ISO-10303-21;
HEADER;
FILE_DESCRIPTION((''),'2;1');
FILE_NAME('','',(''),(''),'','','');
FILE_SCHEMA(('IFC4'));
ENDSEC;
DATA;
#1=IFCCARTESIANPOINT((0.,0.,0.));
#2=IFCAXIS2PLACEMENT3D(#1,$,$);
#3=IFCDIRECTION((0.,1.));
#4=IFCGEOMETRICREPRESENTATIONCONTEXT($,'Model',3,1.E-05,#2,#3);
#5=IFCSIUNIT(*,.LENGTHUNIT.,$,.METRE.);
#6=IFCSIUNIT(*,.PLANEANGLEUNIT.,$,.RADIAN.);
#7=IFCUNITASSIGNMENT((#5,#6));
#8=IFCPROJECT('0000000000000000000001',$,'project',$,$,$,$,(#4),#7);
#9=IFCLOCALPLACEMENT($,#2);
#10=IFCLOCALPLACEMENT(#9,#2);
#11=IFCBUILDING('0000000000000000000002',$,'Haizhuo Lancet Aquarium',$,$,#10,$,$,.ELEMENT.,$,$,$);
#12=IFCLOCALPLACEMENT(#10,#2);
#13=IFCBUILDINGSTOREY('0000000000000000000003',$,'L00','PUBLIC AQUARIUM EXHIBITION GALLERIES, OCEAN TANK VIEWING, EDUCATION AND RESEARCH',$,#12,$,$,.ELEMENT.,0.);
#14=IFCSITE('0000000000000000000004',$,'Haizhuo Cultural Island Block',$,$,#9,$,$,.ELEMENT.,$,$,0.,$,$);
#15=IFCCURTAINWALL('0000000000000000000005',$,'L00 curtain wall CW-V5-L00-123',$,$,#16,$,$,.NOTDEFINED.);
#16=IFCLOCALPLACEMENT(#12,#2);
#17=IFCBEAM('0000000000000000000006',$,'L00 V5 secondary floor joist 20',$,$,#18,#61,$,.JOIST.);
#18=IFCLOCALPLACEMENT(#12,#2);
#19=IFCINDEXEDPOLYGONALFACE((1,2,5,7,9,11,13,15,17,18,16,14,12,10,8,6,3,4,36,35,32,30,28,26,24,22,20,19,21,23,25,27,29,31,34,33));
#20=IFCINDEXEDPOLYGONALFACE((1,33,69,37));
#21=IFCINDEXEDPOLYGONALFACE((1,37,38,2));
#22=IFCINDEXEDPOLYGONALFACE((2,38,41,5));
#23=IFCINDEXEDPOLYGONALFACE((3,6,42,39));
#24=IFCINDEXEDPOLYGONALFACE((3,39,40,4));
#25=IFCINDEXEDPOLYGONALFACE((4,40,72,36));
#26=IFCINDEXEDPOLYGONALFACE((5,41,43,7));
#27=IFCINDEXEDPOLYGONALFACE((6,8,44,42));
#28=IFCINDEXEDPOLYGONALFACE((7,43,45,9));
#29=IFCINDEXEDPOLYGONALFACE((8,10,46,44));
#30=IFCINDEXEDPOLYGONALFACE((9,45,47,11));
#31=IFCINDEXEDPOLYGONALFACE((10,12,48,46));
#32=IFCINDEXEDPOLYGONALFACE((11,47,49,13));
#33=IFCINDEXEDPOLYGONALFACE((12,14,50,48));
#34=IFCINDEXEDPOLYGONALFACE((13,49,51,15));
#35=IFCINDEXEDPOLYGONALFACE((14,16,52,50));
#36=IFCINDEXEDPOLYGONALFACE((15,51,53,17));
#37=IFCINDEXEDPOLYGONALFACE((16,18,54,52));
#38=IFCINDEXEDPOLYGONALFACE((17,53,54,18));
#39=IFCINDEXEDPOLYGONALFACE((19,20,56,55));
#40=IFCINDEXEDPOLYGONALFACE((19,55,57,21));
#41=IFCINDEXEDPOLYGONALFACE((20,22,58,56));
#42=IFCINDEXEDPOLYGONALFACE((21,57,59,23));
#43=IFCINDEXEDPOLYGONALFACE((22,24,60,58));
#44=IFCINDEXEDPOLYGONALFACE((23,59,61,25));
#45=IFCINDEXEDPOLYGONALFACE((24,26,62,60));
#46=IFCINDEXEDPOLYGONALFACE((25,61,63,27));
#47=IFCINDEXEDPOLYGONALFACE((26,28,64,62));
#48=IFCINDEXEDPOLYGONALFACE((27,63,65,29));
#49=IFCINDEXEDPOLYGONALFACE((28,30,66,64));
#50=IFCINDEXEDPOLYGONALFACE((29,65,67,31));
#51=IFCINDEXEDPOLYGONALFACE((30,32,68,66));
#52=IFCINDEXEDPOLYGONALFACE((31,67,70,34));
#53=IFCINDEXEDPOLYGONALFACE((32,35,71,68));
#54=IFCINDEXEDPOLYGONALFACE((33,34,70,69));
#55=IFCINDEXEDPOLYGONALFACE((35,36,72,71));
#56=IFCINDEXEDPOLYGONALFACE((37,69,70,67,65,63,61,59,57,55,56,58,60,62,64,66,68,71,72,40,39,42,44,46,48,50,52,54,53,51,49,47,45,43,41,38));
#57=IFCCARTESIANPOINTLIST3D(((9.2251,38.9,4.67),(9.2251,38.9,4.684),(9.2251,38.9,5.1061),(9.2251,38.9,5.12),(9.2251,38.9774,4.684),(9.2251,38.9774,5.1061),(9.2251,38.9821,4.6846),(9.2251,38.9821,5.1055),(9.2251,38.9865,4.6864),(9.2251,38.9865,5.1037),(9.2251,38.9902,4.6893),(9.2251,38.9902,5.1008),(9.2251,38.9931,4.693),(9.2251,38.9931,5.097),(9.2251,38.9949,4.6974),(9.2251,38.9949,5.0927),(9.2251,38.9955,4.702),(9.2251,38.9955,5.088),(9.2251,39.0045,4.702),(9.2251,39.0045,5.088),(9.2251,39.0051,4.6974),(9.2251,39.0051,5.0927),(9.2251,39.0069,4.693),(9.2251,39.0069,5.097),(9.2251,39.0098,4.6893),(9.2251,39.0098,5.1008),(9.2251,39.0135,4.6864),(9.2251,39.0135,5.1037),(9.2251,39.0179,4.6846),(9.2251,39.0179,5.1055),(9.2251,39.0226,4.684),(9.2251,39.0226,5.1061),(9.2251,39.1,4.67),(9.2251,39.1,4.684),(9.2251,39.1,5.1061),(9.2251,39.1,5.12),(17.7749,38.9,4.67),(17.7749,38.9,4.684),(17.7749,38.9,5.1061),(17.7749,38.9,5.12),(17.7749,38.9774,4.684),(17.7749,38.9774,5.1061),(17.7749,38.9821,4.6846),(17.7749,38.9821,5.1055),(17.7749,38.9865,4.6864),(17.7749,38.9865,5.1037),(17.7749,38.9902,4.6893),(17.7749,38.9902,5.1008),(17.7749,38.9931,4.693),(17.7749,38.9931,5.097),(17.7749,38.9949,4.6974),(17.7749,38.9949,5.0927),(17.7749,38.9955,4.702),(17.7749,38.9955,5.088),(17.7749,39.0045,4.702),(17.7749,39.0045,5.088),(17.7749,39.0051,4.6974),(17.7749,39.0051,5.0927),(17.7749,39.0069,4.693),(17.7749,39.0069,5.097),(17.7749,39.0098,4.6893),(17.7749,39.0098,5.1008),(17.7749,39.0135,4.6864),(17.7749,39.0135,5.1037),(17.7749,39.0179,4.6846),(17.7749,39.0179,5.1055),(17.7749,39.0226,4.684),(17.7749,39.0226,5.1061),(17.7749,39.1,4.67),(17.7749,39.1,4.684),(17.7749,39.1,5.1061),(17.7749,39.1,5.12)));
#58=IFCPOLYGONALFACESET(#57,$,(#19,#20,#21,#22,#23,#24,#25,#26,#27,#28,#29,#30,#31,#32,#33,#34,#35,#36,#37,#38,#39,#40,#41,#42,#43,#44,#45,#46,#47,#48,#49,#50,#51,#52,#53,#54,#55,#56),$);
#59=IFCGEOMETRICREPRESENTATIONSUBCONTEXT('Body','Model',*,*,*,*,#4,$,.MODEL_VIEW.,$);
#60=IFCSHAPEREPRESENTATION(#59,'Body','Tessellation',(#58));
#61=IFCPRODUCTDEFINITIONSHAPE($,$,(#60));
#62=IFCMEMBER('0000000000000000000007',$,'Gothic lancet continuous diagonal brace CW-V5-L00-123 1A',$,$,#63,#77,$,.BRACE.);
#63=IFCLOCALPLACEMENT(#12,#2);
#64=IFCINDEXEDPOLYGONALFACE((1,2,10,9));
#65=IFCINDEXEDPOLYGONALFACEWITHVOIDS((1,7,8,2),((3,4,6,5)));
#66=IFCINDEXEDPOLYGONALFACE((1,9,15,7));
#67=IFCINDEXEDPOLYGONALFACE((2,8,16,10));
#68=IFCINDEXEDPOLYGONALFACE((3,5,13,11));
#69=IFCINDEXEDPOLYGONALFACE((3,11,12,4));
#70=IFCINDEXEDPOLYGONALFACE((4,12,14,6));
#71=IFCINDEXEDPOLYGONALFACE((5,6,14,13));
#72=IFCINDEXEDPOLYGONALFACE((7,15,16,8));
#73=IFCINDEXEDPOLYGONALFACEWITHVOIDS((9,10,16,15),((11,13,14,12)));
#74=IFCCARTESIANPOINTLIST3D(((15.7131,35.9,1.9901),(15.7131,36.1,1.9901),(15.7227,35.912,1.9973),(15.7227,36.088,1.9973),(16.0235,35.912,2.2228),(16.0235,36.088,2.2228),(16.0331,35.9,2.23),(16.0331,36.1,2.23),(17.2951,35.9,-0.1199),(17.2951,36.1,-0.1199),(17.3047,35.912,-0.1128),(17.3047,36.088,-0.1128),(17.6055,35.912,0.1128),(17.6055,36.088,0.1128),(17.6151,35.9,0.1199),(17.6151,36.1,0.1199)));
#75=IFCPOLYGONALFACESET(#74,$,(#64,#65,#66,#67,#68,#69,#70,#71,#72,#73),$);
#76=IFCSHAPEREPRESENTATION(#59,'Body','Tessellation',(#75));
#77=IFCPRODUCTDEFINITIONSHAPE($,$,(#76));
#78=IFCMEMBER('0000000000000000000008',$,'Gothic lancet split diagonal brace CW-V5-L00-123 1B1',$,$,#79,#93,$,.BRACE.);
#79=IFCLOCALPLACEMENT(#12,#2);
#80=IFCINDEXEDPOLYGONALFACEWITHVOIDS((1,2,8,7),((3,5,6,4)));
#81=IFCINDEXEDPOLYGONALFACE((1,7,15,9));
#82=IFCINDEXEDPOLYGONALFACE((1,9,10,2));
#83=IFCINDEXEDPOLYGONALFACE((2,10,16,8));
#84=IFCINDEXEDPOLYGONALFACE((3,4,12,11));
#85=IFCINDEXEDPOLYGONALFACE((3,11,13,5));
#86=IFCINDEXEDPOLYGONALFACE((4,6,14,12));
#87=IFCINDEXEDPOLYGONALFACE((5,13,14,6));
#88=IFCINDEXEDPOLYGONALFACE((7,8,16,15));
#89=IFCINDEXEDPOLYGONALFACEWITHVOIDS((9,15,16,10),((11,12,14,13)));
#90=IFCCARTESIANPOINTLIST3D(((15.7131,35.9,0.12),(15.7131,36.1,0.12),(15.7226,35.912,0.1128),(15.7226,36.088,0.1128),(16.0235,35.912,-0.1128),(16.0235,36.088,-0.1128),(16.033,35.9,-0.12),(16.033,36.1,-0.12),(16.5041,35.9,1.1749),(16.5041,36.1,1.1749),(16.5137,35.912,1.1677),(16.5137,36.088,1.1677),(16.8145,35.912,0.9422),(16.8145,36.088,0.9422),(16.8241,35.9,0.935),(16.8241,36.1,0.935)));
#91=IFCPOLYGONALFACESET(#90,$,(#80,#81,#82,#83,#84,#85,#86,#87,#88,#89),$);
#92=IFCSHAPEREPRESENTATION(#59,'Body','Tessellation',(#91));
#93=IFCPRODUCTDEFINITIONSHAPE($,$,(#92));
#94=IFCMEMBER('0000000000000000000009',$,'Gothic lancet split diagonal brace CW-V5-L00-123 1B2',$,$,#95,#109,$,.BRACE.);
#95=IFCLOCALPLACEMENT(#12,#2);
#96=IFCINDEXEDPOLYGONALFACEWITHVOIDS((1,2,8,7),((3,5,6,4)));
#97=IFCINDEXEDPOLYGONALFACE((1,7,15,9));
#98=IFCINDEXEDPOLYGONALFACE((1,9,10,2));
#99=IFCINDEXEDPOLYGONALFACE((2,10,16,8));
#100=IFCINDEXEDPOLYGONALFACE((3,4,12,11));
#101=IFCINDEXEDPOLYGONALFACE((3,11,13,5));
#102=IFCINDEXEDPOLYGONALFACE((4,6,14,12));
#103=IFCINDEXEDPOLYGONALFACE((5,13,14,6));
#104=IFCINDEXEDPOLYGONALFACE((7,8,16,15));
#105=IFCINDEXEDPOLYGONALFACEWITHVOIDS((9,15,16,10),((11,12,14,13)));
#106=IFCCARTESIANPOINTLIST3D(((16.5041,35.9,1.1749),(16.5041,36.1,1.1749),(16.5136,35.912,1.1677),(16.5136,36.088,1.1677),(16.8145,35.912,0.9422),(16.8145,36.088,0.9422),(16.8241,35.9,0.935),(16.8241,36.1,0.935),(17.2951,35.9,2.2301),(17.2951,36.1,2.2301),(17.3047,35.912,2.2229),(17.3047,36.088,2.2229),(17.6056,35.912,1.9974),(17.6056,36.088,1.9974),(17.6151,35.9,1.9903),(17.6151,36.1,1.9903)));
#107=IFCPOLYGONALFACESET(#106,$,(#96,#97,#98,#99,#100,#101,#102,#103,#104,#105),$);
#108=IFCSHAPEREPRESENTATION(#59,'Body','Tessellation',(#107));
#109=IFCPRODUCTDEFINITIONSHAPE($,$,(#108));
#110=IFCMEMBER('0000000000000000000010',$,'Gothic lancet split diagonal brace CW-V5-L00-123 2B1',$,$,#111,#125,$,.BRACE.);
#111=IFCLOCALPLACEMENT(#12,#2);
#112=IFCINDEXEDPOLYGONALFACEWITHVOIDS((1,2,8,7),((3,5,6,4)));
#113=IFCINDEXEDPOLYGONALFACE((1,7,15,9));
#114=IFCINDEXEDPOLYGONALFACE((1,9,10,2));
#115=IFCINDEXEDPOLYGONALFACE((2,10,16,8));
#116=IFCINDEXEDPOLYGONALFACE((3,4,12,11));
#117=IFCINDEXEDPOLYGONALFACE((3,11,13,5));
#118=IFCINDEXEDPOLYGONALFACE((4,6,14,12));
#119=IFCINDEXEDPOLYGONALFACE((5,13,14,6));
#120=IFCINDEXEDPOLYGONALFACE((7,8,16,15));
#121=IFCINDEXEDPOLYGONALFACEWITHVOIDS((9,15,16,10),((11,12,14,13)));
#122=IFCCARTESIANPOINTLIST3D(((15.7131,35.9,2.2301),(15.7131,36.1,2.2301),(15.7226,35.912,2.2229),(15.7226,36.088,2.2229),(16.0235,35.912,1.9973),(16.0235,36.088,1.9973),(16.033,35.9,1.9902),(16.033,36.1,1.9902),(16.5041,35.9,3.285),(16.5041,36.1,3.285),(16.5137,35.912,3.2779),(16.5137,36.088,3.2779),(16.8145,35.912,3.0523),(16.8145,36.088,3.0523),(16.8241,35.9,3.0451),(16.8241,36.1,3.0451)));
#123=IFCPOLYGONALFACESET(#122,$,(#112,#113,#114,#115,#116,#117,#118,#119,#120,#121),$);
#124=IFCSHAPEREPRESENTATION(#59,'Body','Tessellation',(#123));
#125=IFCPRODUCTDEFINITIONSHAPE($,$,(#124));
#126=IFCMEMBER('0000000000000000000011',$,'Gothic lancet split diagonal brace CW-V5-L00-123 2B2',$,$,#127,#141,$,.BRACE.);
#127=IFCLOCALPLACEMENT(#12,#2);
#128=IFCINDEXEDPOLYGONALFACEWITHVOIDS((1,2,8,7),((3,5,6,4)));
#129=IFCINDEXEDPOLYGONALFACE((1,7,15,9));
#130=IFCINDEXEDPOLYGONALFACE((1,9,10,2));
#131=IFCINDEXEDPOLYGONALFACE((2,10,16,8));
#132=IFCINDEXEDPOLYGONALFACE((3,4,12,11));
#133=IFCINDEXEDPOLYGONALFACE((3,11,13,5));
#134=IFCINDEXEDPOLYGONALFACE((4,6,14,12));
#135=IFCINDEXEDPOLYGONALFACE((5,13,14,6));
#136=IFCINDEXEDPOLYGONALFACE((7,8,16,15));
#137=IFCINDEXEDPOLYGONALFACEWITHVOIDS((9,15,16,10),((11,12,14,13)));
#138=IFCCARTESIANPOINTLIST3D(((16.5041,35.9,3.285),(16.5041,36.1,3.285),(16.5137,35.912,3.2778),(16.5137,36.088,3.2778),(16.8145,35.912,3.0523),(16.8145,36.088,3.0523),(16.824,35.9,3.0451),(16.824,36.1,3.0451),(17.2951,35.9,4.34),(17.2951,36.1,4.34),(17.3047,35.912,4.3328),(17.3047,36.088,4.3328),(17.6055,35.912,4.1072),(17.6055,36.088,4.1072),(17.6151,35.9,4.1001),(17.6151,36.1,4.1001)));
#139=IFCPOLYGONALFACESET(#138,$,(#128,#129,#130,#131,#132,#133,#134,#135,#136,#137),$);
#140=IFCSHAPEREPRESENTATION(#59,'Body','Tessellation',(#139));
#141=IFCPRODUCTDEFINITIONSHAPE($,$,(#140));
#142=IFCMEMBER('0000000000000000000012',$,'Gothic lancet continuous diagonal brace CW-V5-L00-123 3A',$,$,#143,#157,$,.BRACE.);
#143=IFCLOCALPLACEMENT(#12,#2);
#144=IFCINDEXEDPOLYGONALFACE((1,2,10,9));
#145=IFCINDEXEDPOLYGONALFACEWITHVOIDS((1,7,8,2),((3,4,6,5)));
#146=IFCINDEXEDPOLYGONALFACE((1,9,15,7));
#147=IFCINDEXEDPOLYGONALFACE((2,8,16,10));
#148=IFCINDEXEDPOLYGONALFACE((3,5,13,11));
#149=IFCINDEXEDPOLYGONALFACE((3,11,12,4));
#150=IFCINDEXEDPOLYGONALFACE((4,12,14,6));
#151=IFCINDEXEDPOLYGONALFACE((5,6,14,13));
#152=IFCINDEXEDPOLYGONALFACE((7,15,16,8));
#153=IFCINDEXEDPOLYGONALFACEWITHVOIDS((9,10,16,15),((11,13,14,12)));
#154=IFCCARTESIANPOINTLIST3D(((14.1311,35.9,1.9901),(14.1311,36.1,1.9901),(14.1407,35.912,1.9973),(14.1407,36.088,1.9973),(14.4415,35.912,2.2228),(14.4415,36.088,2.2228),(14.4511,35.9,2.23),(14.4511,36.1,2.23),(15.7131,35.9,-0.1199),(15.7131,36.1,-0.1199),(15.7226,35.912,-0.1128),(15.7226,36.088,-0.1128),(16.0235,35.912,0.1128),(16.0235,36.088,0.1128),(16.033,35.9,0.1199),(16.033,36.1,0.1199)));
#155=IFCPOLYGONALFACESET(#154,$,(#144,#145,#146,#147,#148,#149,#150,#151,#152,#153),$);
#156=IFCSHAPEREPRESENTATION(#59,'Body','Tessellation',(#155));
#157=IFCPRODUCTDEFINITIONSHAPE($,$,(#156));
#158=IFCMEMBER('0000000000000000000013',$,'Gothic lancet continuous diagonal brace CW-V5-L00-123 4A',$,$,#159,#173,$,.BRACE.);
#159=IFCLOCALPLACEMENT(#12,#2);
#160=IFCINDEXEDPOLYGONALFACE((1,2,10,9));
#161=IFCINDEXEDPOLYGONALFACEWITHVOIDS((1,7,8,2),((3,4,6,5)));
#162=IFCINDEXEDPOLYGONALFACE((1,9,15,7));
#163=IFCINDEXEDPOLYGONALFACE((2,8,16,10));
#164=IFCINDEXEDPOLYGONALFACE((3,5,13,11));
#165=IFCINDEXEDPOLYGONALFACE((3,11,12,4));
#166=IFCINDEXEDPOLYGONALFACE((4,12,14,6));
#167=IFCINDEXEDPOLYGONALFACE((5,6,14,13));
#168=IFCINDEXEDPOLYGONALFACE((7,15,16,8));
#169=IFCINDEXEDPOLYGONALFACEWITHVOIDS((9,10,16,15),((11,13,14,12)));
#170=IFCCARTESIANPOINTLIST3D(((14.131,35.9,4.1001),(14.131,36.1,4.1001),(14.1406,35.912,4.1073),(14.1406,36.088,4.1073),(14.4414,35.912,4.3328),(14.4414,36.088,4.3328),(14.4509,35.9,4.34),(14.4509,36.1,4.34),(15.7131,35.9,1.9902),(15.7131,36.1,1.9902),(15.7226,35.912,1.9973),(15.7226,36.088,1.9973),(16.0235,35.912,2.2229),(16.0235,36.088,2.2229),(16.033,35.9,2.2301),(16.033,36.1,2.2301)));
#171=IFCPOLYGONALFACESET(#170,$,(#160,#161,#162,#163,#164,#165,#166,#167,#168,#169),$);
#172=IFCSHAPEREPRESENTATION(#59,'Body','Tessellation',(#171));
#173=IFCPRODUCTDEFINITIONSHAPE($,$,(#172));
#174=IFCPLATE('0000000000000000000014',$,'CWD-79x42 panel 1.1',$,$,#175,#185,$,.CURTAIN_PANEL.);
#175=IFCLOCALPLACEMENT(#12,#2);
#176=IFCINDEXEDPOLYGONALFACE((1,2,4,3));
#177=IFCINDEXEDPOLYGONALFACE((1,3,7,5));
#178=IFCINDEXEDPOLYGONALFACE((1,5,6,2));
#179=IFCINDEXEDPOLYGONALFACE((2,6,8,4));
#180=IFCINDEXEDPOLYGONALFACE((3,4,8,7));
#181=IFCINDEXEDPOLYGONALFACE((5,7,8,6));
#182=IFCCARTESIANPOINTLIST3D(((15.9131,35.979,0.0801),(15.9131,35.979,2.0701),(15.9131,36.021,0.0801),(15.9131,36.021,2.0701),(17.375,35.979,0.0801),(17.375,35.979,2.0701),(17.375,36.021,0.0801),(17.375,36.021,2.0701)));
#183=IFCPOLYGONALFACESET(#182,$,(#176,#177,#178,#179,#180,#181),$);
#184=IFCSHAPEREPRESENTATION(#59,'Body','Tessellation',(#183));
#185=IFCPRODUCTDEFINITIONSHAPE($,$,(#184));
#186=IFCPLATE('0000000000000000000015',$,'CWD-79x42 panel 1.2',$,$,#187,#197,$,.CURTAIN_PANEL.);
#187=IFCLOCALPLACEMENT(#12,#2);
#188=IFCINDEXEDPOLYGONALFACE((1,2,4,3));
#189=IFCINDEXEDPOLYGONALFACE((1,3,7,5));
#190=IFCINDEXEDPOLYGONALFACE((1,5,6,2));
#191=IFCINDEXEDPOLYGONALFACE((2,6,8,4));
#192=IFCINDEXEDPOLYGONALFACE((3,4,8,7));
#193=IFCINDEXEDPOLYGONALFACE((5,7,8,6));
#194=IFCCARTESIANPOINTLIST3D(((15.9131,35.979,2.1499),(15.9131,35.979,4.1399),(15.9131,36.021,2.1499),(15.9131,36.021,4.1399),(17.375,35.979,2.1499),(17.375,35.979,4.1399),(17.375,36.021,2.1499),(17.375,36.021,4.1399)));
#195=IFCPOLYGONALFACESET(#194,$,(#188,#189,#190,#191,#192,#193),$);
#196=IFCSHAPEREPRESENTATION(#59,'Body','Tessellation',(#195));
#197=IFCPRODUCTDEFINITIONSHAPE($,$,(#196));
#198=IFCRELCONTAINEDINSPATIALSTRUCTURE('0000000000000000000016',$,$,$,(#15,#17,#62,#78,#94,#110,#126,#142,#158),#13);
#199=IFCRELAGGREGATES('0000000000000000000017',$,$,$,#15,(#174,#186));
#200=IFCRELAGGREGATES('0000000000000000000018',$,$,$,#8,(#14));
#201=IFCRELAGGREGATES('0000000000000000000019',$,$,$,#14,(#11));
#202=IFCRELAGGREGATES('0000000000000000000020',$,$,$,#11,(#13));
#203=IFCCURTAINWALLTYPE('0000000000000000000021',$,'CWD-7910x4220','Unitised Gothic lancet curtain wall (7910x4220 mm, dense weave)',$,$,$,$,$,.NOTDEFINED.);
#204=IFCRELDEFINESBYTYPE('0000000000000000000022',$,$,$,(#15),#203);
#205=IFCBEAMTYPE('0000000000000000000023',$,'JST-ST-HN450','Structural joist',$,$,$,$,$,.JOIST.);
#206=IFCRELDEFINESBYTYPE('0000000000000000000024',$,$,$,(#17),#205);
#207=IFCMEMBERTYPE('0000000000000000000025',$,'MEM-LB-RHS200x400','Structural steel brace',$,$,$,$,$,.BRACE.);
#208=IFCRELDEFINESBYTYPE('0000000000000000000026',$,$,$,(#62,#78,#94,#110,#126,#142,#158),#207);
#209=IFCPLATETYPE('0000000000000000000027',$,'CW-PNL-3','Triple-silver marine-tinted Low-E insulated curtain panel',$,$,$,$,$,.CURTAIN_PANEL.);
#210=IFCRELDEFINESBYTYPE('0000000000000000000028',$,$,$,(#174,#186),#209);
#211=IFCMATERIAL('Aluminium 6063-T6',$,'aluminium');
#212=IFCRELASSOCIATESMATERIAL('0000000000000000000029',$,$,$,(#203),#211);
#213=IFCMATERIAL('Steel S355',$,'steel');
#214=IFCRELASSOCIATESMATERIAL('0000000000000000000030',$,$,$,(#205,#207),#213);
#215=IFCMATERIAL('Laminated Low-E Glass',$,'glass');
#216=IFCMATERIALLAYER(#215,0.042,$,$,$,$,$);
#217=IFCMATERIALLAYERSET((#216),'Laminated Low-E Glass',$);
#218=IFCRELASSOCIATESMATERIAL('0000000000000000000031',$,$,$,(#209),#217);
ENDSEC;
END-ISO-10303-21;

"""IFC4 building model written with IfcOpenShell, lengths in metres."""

from ifc_helpers import new_model, si_unit, direction, frame, origin, origin_2d, place, context, subcontext, project, spatial, rectangle, hollow_rectangle, i_section, extrude, material, layer, layer_set, material_profile, profile_set, type_object, element, aggregate, save


model = new_model("IFC4")

# Units and contexts
model_context = context("Model", 3, precision=1e-05, world=origin(), true_north=direction((0.0, 1.0)))
body_context = subcontext(model_context, "Body", "Model", "MODEL_VIEW")
ifc_project = project(units=[si_unit("LENGTHUNIT", "METRE"), si_unit("PLANEANGLEUNIT", "RADIAN")], contexts=[model_context])

# Site, building, storey
site_placement = place(None, origin())
site = spatial("IfcSite", under=ifc_project, at=site_placement, Name="Haizhuo Cultural Island Block", CompositionType="ELEMENT", RefElevation=0.0)
building_placement = place(site_placement, origin())
building = spatial("IfcBuilding", under=site, at=building_placement, Name="Haizhuo Lancet Aquarium", CompositionType="ELEMENT")
storey_placement = place(building_placement, origin())
storey = spatial("IfcBuildingStorey", under=building, at=storey_placement, Name="L00", Description="PUBLIC AQUARIUM EXHIBITION GALLERIES, OCEAN TANK VIEWING, EDUCATION AND RESEARCH", CompositionType="ELEMENT", Elevation=0.0)

# Curtain wall
ifc_material_1 = material(Name="Aluminium 6063-T6", Category="aluminium")
curtain_wall_type = type_object("IfcCurtainWallType", Name="CWD-7910x4220", Description="Unitised Gothic lancet curtain wall (7910x4220 mm, dense weave)", PredefinedType="NOTDEFINED", material=ifc_material_1)
curtain_wall_placement = place(storey_placement, origin())
curtain_wall = element("IfcCurtainWall", 1, at=curtain_wall_placement, inside=storey, type_object=curtain_wall_type, Name="L00 curtain wall CW-V5-L00-123", PredefinedType="NOTDEFINED")

# Beam
ifc_material_2 = material(Name="Steel S355", Category="steel")
ifc_material_profile_1 = material_profile(ifc_material_2, i_section(OverallWidth=0.2, OverallDepth=0.45, WebThickness=0.009, FlangeThickness=0.0139, FilletRadius=0.0181, at=origin_2d()), Name="HN 450x200x9x14")
ifc_profile_set_1 = profile_set([ifc_material_profile_1], Name="Steel S355")
beam_type_1 = type_object("IfcBeamType", Name="JST-ST-HN450", Description="Structural joist", PredefinedType="JOIST", material=ifc_profile_set_1)
beam_1_placement = place(storey_placement, frame((9.2251, 39.0, 4.895), z_axis=(1.0, 0.0, 0.0), x_axis=(0.0, 1.0, 0.0)))
element("IfcBeam", 2, at=beam_1_placement, inside=storey, type_object=beam_type_1, Name="L00 V5 secondary floor joist 20", PredefinedType="JOIST", context=body_context, shape_type="SweptSolid", body=[
    extrude(i_section(OverallWidth=0.2, OverallDepth=0.45, WebThickness=0.009, FlangeThickness=0.0139, FilletRadius=0.0181, at=origin_2d()), origin(), (0.0, 0.0, 1.0), 8.5498),
])

# Members
ifc_material_profile_2 = material_profile(ifc_material_2, hollow_rectangle(XDim=0.2, YDim=0.3999, WallThickness=0.012, at=origin_2d()), Name="RHS 200x400x12")
ifc_profile_set_2 = profile_set([ifc_material_profile_2], Name="Steel S355")
member_type_1 = type_object("IfcMemberType", Name="MEM-LB-RHS200x400", Description="Structural steel brace", PredefinedType="BRACE", material=ifc_profile_set_2)
member_1_placement = place(storey_placement, frame((17.4551, 36.0, 0.0), z_axis=(-0.599867, 0.0, 0.8001), x_axis=(0.0, -1.0, 0.0)))
element("IfcMember", 3, at=member_1_placement, inside=storey, type_object=member_type_1, Name="Gothic lancet continuous diagonal brace CW-V5-L00-123 1A", PredefinedType="BRACE", context=body_context, shape_type="SweptSolid", body=[
    extrude(hollow_rectangle(XDim=0.2, YDim=0.3999, WallThickness=0.012, at=origin_2d()), origin(), (0.0, 0.0, 1.0), 2.6372),
])
member_2_placement = place(storey_placement, frame((15.873, 36.0, 0.0), z_axis=(0.599911, 0.0, 0.800067), x_axis=(0.0, 1.0, 0.0)))
element("IfcMember", 4, at=member_2_placement, inside=storey, type_object=member_type_1, Name="Gothic lancet split diagonal brace CW-V5-L00-123 1B1", PredefinedType="BRACE", context=body_context, shape_type="SweptSolid", body=[
    extrude(hollow_rectangle(XDim=0.2, YDim=0.3999, WallThickness=0.012, at=origin_2d()), origin(), (0.0, 0.0, 1.0), 1.3186),
])
member_3_placement = place(storey_placement, frame((16.6641, 36.0, 1.0549), z_axis=(0.599822, 0.0, 0.800133), x_axis=(0.0, 1.0, 0.0)))
element("IfcMember", 5, at=member_3_placement, inside=storey, type_object=member_type_1, Name="Gothic lancet split diagonal brace CW-V5-L00-123 1B2", PredefinedType="BRACE", context=body_context, shape_type="SweptSolid", body=[
    extrude(hollow_rectangle(XDim=0.2, YDim=0.3999, WallThickness=0.012, at=origin_2d()), origin(), (0.0, 0.0, 1.0), 1.3188),
])
for number, where, z_axis, x_axis, name in (
    (6, (15.873, 36.0, 2.1101), (0.599911, 0.0, 0.800067), (0.0, 1.0, 0.0), "Gothic lancet split diagonal brace CW-V5-L00-123 2B1"),
    (7, (16.6641, 36.0, 3.165), (0.599911, 0.0, 0.800067), (0.0, 1.0, 0.0), "Gothic lancet split diagonal brace CW-V5-L00-123 2B2"),
):
    element("IfcMember", number, at=place(storey_placement, frame(where, z_axis=z_axis, x_axis=x_axis)), inside=storey, type_object=member_type_1, Name=name, PredefinedType="BRACE", context=body_context, shape_type="SweptSolid", body=[
        extrude(hollow_rectangle(XDim=0.2, YDim=0.3999, WallThickness=0.012, at=origin_2d()), origin(), (0.0, 0.0, 1.0), 1.3186),
    ])
for number, where, z_axis, x_axis, name in (
    (8, (15.873, 36.0, 0.0), (-0.599867, 0.0, 0.8001), (0.0, -1.0, 0.0), "Gothic lancet continuous diagonal brace CW-V5-L00-123 3A"),
    (9, (15.873, 36.0, 2.1101), (-0.599911, 0.0, 0.800067), (0.0, -1.0, 0.0), "Gothic lancet continuous diagonal brace CW-V5-L00-123 4A"),
):
    element("IfcMember", number, at=place(storey_placement, frame(where, z_axis=z_axis, x_axis=x_axis)), inside=storey, type_object=member_type_1, Name=name, PredefinedType="BRACE", context=body_context, shape_type="SweptSolid", body=[
        extrude(hollow_rectangle(XDim=0.2, YDim=0.3999, WallThickness=0.012, at=origin_2d()), origin(), (0.0, 0.0, 1.0), 2.6372),
    ])

# Plates
ifc_material_3 = material(Name="Laminated Low-E Glass", Category="glass")
ifc_layer_1 = layer(ifc_material_3, 0.042)
ifc_layer_set_1 = layer_set([ifc_layer_1], Name="Laminated Low-E Glass")
plate_type = type_object("IfcPlateType", Name="CW-PNL-3", Description="Triple-silver marine-tinted Low-E insulated curtain panel", PredefinedType="CURTAIN_PANEL", material=ifc_layer_set_1)
plate_1_placement = place(storey_placement, frame((16.644, 36.0, 0.0801), z_axis=(0.0, 0.0, 1.0), x_axis=(-1.0, 0.0, 0.0)))
plate_1 = element("IfcPlate", 10, at=plate_1_placement, type_object=plate_type, Name="CWD-79x42 panel 1.1", PredefinedType="CURTAIN_PANEL", context=body_context, shape_type="SweptSolid", body=[
    extrude(rectangle(XDim=1.4619, YDim=0.042, at=origin_2d()), origin(), (0.0, 0.0, 1.0), 1.99),
])
plate_2_placement = place(storey_placement, frame((16.644, 36.0, 2.1499), z_axis=(0.0, 0.0, 1.0), x_axis=(-1.0, 0.0, 0.0)))
plate_2 = element("IfcPlate", 11, at=plate_2_placement, type_object=plate_type, Name="CWD-79x42 panel 1.2", PredefinedType="CURTAIN_PANEL", context=body_context, shape_type="SweptSolid", body=[
    extrude(rectangle(XDim=1.4619, YDim=0.042, at=origin_2d()), origin(), (0.0, 0.0, 1.0), 1.99),
])
aggregate(curtain_wall, [plate_1, plate_2])

save(model, "model.ifc")
